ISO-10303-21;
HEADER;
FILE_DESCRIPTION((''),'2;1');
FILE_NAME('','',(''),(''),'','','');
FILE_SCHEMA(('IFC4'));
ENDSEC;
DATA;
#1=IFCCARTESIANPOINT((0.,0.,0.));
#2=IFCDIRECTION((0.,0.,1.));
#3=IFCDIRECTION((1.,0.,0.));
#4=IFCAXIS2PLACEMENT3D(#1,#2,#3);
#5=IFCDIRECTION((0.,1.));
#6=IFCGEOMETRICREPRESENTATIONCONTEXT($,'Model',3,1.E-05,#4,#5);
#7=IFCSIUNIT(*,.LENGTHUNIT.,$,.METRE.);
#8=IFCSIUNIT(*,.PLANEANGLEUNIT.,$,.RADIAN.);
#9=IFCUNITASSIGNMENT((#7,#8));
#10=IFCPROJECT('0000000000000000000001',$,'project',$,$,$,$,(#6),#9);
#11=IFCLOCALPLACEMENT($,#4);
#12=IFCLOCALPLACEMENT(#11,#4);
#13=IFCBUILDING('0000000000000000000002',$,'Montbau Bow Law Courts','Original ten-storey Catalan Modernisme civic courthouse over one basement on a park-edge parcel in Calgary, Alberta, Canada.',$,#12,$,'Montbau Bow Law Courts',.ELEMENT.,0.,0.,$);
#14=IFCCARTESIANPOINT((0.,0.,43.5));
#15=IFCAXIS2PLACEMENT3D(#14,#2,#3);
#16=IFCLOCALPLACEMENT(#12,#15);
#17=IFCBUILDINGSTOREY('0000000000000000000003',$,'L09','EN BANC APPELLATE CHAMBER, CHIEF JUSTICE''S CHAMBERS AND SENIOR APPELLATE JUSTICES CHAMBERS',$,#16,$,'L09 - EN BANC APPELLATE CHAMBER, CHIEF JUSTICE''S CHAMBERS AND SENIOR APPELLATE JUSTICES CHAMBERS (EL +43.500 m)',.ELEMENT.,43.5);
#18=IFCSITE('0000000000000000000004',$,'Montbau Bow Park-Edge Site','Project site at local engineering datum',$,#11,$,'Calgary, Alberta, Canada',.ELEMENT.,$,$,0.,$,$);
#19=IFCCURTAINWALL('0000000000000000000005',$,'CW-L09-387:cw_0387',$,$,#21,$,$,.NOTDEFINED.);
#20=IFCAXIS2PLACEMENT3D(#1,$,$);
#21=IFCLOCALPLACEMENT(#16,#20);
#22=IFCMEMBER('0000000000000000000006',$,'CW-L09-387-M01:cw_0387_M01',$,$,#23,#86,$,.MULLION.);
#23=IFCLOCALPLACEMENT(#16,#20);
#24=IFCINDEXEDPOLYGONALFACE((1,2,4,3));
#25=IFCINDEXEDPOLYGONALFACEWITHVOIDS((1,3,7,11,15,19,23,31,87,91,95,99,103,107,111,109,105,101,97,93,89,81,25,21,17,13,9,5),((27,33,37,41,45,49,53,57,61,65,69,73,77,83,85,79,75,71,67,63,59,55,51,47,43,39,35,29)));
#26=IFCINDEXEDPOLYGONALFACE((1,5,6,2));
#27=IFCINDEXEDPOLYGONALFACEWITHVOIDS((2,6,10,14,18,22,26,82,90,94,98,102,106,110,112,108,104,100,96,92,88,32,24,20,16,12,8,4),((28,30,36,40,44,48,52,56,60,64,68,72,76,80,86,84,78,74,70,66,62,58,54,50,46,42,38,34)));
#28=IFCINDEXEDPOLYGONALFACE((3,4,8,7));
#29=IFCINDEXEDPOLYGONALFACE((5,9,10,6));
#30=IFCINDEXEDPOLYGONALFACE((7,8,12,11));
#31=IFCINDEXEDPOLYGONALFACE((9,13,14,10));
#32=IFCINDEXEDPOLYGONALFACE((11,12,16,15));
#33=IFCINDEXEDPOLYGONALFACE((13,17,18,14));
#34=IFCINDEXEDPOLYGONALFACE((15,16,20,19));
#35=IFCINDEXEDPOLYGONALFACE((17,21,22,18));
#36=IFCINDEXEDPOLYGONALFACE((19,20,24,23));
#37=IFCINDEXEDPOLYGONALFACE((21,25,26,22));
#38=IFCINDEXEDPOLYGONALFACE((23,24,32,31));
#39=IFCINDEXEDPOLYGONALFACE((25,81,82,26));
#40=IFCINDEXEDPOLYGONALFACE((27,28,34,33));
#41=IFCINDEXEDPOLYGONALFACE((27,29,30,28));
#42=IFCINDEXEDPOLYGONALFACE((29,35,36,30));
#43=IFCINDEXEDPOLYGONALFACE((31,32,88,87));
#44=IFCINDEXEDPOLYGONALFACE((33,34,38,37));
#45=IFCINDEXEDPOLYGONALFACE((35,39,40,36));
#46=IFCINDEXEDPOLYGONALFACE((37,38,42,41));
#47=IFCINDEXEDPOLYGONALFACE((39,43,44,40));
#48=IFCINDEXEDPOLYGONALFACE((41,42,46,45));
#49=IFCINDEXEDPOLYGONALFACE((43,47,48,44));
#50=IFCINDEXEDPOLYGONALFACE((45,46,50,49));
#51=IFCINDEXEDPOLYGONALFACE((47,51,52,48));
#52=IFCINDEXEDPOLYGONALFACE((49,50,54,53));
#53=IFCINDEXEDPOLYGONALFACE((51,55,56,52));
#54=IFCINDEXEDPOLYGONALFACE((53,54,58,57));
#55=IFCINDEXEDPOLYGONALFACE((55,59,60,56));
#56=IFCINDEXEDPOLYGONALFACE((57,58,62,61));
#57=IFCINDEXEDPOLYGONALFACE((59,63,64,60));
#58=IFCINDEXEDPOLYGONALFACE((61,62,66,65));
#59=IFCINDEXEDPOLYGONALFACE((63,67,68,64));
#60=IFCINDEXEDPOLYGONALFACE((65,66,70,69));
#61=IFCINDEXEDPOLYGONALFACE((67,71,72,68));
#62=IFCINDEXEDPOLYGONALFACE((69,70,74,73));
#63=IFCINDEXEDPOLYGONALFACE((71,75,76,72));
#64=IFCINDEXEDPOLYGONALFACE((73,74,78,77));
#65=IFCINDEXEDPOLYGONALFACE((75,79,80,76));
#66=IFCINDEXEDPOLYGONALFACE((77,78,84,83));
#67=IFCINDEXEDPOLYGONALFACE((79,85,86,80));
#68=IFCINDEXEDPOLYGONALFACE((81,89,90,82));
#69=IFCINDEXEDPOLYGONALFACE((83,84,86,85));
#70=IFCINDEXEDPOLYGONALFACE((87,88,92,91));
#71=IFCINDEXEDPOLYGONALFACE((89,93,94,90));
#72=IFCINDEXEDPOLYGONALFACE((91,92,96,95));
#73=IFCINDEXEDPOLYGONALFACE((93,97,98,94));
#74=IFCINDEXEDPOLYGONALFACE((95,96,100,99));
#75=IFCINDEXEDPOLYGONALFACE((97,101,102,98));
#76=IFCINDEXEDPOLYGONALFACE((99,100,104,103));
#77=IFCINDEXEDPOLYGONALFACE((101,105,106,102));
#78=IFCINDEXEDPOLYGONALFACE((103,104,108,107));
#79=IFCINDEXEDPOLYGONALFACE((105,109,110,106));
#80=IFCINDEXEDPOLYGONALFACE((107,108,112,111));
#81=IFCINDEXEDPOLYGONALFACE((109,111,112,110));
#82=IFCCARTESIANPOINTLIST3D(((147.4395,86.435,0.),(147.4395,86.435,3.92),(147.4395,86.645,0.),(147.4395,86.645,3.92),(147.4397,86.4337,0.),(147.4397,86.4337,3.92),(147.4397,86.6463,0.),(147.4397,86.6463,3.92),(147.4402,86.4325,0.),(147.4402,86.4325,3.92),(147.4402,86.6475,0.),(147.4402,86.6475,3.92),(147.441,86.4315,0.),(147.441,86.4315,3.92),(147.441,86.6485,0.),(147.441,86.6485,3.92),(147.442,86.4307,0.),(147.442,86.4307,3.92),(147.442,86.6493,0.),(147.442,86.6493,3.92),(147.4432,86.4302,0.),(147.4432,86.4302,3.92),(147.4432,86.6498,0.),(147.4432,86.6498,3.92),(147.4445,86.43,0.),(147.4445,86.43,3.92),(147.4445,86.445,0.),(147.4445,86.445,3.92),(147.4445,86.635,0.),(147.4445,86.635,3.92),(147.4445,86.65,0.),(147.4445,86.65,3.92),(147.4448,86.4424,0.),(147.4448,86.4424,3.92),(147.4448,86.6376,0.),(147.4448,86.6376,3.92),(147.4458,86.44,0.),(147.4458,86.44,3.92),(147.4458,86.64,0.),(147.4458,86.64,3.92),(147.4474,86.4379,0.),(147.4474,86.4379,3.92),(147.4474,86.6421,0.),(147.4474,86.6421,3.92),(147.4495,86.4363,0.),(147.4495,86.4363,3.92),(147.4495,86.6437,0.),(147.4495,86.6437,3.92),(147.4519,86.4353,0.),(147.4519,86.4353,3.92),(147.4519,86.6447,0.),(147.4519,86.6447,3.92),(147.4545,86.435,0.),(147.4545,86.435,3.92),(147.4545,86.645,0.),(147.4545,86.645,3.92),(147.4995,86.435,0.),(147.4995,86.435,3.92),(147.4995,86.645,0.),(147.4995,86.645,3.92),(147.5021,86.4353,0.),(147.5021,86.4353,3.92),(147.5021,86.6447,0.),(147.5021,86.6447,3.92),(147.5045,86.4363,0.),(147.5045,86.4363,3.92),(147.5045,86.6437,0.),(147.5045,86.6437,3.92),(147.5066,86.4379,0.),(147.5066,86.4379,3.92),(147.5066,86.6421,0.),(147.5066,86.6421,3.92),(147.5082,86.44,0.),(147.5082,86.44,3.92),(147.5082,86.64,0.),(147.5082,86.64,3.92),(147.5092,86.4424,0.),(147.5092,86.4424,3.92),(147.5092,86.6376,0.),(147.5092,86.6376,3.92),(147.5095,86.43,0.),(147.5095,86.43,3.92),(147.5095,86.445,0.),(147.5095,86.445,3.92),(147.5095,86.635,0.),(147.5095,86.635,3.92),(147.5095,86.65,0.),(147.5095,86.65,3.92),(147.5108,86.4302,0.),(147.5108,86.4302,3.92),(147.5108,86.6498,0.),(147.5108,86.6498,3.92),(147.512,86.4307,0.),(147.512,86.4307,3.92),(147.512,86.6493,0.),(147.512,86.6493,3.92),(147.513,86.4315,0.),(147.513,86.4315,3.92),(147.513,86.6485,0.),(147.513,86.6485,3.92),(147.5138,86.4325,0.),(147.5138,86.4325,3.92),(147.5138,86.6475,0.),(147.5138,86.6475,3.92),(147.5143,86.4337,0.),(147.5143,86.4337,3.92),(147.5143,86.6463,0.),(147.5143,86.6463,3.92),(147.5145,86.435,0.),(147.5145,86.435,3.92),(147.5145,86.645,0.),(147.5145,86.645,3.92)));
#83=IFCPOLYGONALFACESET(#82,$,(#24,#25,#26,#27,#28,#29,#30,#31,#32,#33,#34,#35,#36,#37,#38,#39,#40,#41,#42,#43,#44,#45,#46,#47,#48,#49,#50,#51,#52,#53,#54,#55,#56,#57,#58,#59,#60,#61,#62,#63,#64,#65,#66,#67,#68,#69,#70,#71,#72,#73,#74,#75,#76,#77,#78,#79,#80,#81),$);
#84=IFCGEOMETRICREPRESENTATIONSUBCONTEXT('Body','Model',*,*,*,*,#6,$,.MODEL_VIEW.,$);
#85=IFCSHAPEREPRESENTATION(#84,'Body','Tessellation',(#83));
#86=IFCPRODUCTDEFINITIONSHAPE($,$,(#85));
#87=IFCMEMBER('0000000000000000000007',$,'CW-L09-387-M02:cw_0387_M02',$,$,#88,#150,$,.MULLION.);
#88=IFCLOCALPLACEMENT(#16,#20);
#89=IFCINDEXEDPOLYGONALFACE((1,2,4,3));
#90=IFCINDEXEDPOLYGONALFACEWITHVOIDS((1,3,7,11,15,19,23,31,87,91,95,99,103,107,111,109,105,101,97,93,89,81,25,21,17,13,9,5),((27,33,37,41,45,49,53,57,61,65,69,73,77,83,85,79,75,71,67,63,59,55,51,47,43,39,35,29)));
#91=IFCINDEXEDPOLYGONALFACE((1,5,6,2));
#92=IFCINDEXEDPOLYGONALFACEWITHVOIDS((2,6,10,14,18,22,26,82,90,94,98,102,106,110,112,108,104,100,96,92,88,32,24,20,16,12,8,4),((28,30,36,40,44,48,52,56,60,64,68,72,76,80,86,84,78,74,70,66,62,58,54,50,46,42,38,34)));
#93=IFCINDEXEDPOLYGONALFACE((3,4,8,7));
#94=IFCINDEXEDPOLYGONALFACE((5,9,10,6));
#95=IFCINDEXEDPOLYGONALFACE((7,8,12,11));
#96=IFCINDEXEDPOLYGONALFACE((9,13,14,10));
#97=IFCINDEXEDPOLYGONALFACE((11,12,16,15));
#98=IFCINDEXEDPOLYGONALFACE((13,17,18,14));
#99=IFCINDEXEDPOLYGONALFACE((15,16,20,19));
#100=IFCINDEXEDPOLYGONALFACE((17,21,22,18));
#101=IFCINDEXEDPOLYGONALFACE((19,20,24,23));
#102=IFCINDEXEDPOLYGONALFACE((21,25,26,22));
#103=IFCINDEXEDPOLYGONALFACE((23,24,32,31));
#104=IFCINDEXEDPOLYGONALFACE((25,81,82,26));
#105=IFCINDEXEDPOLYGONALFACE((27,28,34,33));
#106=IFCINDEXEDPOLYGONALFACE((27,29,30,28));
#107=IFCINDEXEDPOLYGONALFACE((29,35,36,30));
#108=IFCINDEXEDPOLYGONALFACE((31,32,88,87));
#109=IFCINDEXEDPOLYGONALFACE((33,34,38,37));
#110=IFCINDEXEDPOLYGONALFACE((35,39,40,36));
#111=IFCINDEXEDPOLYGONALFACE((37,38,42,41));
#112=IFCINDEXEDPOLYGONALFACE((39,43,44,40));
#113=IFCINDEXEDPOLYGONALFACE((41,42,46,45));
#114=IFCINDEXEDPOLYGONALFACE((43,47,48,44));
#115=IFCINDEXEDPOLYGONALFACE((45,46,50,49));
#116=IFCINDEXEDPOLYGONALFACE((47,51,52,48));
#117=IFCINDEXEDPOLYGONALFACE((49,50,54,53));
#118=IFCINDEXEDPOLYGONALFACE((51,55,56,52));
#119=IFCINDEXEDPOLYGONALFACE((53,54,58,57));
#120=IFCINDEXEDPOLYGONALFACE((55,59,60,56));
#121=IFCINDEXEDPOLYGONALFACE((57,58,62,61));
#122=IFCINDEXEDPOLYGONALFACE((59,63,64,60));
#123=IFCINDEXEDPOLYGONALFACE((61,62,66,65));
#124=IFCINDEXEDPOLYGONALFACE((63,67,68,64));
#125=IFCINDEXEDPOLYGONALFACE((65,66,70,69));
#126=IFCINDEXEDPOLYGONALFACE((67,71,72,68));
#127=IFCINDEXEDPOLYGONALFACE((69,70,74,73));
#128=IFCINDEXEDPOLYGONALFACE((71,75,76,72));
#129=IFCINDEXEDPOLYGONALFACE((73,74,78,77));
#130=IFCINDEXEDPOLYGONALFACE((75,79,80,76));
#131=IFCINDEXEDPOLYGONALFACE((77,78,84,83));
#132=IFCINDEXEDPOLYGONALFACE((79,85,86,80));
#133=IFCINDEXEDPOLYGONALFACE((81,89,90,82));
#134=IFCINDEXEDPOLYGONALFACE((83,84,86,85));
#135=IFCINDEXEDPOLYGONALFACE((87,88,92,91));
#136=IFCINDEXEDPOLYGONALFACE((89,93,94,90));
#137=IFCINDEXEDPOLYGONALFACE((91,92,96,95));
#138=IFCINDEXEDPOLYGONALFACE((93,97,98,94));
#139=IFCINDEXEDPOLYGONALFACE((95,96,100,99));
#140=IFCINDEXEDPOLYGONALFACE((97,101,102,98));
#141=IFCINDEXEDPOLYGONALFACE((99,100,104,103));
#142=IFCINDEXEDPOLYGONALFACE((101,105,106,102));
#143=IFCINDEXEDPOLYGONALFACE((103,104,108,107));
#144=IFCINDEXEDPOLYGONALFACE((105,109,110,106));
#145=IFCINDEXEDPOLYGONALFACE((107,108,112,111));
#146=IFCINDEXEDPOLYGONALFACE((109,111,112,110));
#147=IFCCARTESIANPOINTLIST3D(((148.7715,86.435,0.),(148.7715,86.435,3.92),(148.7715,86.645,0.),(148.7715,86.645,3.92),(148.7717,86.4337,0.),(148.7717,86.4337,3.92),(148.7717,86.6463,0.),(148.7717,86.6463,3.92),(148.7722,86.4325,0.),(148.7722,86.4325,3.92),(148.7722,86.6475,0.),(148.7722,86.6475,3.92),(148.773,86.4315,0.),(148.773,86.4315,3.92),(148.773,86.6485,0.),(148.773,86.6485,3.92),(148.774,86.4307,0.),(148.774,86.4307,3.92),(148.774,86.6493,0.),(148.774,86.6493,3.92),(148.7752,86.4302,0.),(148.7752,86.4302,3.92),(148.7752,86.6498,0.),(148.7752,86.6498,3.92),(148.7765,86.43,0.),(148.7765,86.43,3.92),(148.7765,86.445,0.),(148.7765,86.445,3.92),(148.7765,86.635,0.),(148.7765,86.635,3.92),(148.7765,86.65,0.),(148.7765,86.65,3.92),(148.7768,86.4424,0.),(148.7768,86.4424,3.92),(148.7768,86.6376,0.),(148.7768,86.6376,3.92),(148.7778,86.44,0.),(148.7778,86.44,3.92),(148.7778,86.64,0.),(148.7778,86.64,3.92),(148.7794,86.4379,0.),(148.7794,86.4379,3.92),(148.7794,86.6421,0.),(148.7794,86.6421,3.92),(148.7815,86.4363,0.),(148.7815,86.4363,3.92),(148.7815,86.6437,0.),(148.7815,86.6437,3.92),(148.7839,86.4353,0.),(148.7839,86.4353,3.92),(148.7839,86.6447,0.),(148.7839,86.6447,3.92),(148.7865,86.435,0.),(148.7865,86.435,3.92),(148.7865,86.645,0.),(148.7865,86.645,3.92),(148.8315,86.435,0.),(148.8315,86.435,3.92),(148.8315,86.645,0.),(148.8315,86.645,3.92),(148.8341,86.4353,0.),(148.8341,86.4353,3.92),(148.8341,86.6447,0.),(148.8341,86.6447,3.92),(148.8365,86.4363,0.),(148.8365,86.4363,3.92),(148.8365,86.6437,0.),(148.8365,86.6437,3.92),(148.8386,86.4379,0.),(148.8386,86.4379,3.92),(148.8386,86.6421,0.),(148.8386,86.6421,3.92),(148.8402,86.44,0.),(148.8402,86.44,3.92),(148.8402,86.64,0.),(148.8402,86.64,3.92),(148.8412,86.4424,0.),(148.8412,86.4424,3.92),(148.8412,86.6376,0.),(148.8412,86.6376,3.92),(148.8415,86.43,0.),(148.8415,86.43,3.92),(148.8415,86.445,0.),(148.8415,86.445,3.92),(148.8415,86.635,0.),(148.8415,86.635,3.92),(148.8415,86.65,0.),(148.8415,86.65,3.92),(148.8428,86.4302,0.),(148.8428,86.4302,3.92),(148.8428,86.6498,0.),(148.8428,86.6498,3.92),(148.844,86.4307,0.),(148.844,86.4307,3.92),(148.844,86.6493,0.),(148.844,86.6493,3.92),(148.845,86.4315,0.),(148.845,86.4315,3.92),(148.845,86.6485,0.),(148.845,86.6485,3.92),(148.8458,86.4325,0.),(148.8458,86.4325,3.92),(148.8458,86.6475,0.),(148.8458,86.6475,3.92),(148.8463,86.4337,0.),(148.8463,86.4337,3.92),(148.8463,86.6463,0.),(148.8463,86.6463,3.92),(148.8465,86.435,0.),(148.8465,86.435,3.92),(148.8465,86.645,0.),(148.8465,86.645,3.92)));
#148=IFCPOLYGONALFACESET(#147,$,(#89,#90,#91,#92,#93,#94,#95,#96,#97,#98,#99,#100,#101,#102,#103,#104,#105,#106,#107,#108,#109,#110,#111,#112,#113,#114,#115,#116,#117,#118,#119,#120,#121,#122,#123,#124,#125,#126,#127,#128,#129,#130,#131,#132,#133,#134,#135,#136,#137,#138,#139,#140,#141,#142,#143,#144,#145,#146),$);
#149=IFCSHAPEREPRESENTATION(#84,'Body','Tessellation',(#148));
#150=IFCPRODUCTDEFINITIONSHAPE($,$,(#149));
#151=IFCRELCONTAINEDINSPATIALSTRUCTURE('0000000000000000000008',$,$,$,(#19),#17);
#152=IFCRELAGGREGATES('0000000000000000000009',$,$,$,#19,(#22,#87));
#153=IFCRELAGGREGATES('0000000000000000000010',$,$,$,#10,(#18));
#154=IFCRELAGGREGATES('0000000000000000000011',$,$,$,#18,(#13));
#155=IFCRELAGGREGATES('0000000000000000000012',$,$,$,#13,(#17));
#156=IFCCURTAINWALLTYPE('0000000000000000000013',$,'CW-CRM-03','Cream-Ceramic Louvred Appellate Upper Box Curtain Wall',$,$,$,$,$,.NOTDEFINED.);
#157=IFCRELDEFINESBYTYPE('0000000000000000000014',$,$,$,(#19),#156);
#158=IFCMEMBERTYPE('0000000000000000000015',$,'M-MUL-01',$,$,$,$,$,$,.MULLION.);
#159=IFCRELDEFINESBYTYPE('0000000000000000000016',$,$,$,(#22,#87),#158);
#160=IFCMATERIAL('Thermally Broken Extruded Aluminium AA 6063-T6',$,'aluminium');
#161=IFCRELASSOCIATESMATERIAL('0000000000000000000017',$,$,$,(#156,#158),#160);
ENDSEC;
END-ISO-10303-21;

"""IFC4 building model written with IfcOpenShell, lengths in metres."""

from ifc_helpers import new_model, si_unit, direction, frame, origin_with_axes, origin_2d_with_axis, place, context, subcontext, project, spatial, hollow_rectangle, extrude, material, material_profile, profile_set, type_object, element, aggregate, save


model = new_model("IFC4")

# Units and contexts
model_context = context("Model", 3, precision=1e-05, world=origin_with_axes(), true_north=direction((0.0, 1.0)))
body_context = subcontext(model_context, "Body", "Model", "MODEL_VIEW")
ifc_project = project(units=[si_unit("LENGTHUNIT", "METRE"), si_unit("PLANEANGLEUNIT", "RADIAN")], contexts=[model_context])

# Site, building, storey
site_placement = place(None, origin_with_axes())
site = spatial("IfcSite", under=ifc_project, at=site_placement, Name="Montbau Bow Park-Edge Site", Description="Project site at local engineering datum", LongName="Calgary, Alberta, Canada", CompositionType="ELEMENT", RefElevation=0.0)
building_placement = place(site_placement, origin_with_axes())
building = spatial("IfcBuilding", under=site, at=building_placement, Name="Montbau Bow Law Courts", Description="Original ten-storey Catalan Modernisme civic courthouse over one basement on a park-edge parcel in Calgary, Alberta, Canada.", LongName="Montbau Bow Law Courts", CompositionType="ELEMENT", ElevationOfRefHeight=0.0, ElevationOfTerrain=0.0)
storey_placement = place(building_placement, frame((0.0, 0.0, 43.5), z_axis=(0.0, 0.0, 1.0), x_axis=(1.0, 0.0, 0.0)))
storey = spatial("IfcBuildingStorey", under=building, at=storey_placement, Name="L09", Description="EN BANC APPELLATE CHAMBER, CHIEF JUSTICE'S CHAMBERS AND SENIOR APPELLATE JUSTICES CHAMBERS", LongName="L09 - EN BANC APPELLATE CHAMBER, CHIEF JUSTICE'S CHAMBERS AND SENIOR APPELLATE JUSTICES CHAMBERS (EL +43.500 m)", CompositionType="ELEMENT", Elevation=43.5)

# Curtain wall, members
ifc_material_1 = material(Name="Thermally Broken Extruded Aluminium AA 6063-T6", Category="aluminium")
curtain_wall_type = type_object("IfcCurtainWallType", Name="CW-CRM-03", Description="Cream-Ceramic Louvred Appellate Upper Box Curtain Wall", PredefinedType="NOTDEFINED", material=ifc_material_1)
curtain_wall_1_placement = place(None, frame((147.44, 86.54, 43.5), z_axis=(0.0, 0.0, 1.0), x_axis=(1.0, 0.0, 0.0)))
curtain_wall_1 = element("IfcCurtainWall", 1, at=curtain_wall_1_placement, inside=storey, type_object=curtain_wall_type, Name="CW-L09-387:cw_0387", PredefinedType="NOTDEFINED")
ifc_material_profile_1 = material_profile(ifc_material_1, hollow_rectangle(XDim=0.075, YDim=0.22, WallThickness=0.005, InnerFilletRadius=0.01, OuterFilletRadius=0.005, at=origin_2d_with_axis()), Name="CWM-220X75", Category="Main", Priority=0)
ifc_profile_set_1 = profile_set([ifc_material_profile_1], Name="Thermally Broken Extruded Aluminium AA 6063-T6")
member_type_1 = type_object("IfcMemberType", Name="M-MUL-01", PredefinedType="MULLION", material=ifc_profile_set_1)
member_1_placement = place(None, frame((147.477, 86.54, 43.5), z_axis=(0.0, 0.0, 1.0), x_axis=(1.0, 0.0, 0.0)))
member_1 = element("IfcMember", 2, at=member_1_placement, type_object=member_type_1, Name="CW-L09-387-M01:cw_0387_M01", PredefinedType="MULLION", context=body_context, shape_type="SweptSolid", body=[
    extrude(hollow_rectangle(XDim=0.075, YDim=0.22, WallThickness=0.005, InnerFilletRadius=0.01, OuterFilletRadius=0.005, at=origin_2d_with_axis()), origin_with_axes(), (0.0, 0.0, 1.0), 3.92),
])
member_2_placement = place(None, frame((148.809, 86.54, 43.5), z_axis=(0.0, 0.0, 1.0), x_axis=(1.0, 0.0, 0.0)))
member_2 = element("IfcMember", 3, at=member_2_placement, type_object=member_type_1, Name="CW-L09-387-M02:cw_0387_M02", PredefinedType="MULLION", context=body_context, shape_type="SweptSolid", body=[
    extrude(hollow_rectangle(XDim=0.075, YDim=0.22, WallThickness=0.005, InnerFilletRadius=0.01, OuterFilletRadius=0.005, at=origin_2d_with_axis()), origin_with_axes(), (0.0, 0.0, 1.0), 3.92),
])

aggregate(curtain_wall_1, [member_1, member_2])

save(model, "model.ifc")
